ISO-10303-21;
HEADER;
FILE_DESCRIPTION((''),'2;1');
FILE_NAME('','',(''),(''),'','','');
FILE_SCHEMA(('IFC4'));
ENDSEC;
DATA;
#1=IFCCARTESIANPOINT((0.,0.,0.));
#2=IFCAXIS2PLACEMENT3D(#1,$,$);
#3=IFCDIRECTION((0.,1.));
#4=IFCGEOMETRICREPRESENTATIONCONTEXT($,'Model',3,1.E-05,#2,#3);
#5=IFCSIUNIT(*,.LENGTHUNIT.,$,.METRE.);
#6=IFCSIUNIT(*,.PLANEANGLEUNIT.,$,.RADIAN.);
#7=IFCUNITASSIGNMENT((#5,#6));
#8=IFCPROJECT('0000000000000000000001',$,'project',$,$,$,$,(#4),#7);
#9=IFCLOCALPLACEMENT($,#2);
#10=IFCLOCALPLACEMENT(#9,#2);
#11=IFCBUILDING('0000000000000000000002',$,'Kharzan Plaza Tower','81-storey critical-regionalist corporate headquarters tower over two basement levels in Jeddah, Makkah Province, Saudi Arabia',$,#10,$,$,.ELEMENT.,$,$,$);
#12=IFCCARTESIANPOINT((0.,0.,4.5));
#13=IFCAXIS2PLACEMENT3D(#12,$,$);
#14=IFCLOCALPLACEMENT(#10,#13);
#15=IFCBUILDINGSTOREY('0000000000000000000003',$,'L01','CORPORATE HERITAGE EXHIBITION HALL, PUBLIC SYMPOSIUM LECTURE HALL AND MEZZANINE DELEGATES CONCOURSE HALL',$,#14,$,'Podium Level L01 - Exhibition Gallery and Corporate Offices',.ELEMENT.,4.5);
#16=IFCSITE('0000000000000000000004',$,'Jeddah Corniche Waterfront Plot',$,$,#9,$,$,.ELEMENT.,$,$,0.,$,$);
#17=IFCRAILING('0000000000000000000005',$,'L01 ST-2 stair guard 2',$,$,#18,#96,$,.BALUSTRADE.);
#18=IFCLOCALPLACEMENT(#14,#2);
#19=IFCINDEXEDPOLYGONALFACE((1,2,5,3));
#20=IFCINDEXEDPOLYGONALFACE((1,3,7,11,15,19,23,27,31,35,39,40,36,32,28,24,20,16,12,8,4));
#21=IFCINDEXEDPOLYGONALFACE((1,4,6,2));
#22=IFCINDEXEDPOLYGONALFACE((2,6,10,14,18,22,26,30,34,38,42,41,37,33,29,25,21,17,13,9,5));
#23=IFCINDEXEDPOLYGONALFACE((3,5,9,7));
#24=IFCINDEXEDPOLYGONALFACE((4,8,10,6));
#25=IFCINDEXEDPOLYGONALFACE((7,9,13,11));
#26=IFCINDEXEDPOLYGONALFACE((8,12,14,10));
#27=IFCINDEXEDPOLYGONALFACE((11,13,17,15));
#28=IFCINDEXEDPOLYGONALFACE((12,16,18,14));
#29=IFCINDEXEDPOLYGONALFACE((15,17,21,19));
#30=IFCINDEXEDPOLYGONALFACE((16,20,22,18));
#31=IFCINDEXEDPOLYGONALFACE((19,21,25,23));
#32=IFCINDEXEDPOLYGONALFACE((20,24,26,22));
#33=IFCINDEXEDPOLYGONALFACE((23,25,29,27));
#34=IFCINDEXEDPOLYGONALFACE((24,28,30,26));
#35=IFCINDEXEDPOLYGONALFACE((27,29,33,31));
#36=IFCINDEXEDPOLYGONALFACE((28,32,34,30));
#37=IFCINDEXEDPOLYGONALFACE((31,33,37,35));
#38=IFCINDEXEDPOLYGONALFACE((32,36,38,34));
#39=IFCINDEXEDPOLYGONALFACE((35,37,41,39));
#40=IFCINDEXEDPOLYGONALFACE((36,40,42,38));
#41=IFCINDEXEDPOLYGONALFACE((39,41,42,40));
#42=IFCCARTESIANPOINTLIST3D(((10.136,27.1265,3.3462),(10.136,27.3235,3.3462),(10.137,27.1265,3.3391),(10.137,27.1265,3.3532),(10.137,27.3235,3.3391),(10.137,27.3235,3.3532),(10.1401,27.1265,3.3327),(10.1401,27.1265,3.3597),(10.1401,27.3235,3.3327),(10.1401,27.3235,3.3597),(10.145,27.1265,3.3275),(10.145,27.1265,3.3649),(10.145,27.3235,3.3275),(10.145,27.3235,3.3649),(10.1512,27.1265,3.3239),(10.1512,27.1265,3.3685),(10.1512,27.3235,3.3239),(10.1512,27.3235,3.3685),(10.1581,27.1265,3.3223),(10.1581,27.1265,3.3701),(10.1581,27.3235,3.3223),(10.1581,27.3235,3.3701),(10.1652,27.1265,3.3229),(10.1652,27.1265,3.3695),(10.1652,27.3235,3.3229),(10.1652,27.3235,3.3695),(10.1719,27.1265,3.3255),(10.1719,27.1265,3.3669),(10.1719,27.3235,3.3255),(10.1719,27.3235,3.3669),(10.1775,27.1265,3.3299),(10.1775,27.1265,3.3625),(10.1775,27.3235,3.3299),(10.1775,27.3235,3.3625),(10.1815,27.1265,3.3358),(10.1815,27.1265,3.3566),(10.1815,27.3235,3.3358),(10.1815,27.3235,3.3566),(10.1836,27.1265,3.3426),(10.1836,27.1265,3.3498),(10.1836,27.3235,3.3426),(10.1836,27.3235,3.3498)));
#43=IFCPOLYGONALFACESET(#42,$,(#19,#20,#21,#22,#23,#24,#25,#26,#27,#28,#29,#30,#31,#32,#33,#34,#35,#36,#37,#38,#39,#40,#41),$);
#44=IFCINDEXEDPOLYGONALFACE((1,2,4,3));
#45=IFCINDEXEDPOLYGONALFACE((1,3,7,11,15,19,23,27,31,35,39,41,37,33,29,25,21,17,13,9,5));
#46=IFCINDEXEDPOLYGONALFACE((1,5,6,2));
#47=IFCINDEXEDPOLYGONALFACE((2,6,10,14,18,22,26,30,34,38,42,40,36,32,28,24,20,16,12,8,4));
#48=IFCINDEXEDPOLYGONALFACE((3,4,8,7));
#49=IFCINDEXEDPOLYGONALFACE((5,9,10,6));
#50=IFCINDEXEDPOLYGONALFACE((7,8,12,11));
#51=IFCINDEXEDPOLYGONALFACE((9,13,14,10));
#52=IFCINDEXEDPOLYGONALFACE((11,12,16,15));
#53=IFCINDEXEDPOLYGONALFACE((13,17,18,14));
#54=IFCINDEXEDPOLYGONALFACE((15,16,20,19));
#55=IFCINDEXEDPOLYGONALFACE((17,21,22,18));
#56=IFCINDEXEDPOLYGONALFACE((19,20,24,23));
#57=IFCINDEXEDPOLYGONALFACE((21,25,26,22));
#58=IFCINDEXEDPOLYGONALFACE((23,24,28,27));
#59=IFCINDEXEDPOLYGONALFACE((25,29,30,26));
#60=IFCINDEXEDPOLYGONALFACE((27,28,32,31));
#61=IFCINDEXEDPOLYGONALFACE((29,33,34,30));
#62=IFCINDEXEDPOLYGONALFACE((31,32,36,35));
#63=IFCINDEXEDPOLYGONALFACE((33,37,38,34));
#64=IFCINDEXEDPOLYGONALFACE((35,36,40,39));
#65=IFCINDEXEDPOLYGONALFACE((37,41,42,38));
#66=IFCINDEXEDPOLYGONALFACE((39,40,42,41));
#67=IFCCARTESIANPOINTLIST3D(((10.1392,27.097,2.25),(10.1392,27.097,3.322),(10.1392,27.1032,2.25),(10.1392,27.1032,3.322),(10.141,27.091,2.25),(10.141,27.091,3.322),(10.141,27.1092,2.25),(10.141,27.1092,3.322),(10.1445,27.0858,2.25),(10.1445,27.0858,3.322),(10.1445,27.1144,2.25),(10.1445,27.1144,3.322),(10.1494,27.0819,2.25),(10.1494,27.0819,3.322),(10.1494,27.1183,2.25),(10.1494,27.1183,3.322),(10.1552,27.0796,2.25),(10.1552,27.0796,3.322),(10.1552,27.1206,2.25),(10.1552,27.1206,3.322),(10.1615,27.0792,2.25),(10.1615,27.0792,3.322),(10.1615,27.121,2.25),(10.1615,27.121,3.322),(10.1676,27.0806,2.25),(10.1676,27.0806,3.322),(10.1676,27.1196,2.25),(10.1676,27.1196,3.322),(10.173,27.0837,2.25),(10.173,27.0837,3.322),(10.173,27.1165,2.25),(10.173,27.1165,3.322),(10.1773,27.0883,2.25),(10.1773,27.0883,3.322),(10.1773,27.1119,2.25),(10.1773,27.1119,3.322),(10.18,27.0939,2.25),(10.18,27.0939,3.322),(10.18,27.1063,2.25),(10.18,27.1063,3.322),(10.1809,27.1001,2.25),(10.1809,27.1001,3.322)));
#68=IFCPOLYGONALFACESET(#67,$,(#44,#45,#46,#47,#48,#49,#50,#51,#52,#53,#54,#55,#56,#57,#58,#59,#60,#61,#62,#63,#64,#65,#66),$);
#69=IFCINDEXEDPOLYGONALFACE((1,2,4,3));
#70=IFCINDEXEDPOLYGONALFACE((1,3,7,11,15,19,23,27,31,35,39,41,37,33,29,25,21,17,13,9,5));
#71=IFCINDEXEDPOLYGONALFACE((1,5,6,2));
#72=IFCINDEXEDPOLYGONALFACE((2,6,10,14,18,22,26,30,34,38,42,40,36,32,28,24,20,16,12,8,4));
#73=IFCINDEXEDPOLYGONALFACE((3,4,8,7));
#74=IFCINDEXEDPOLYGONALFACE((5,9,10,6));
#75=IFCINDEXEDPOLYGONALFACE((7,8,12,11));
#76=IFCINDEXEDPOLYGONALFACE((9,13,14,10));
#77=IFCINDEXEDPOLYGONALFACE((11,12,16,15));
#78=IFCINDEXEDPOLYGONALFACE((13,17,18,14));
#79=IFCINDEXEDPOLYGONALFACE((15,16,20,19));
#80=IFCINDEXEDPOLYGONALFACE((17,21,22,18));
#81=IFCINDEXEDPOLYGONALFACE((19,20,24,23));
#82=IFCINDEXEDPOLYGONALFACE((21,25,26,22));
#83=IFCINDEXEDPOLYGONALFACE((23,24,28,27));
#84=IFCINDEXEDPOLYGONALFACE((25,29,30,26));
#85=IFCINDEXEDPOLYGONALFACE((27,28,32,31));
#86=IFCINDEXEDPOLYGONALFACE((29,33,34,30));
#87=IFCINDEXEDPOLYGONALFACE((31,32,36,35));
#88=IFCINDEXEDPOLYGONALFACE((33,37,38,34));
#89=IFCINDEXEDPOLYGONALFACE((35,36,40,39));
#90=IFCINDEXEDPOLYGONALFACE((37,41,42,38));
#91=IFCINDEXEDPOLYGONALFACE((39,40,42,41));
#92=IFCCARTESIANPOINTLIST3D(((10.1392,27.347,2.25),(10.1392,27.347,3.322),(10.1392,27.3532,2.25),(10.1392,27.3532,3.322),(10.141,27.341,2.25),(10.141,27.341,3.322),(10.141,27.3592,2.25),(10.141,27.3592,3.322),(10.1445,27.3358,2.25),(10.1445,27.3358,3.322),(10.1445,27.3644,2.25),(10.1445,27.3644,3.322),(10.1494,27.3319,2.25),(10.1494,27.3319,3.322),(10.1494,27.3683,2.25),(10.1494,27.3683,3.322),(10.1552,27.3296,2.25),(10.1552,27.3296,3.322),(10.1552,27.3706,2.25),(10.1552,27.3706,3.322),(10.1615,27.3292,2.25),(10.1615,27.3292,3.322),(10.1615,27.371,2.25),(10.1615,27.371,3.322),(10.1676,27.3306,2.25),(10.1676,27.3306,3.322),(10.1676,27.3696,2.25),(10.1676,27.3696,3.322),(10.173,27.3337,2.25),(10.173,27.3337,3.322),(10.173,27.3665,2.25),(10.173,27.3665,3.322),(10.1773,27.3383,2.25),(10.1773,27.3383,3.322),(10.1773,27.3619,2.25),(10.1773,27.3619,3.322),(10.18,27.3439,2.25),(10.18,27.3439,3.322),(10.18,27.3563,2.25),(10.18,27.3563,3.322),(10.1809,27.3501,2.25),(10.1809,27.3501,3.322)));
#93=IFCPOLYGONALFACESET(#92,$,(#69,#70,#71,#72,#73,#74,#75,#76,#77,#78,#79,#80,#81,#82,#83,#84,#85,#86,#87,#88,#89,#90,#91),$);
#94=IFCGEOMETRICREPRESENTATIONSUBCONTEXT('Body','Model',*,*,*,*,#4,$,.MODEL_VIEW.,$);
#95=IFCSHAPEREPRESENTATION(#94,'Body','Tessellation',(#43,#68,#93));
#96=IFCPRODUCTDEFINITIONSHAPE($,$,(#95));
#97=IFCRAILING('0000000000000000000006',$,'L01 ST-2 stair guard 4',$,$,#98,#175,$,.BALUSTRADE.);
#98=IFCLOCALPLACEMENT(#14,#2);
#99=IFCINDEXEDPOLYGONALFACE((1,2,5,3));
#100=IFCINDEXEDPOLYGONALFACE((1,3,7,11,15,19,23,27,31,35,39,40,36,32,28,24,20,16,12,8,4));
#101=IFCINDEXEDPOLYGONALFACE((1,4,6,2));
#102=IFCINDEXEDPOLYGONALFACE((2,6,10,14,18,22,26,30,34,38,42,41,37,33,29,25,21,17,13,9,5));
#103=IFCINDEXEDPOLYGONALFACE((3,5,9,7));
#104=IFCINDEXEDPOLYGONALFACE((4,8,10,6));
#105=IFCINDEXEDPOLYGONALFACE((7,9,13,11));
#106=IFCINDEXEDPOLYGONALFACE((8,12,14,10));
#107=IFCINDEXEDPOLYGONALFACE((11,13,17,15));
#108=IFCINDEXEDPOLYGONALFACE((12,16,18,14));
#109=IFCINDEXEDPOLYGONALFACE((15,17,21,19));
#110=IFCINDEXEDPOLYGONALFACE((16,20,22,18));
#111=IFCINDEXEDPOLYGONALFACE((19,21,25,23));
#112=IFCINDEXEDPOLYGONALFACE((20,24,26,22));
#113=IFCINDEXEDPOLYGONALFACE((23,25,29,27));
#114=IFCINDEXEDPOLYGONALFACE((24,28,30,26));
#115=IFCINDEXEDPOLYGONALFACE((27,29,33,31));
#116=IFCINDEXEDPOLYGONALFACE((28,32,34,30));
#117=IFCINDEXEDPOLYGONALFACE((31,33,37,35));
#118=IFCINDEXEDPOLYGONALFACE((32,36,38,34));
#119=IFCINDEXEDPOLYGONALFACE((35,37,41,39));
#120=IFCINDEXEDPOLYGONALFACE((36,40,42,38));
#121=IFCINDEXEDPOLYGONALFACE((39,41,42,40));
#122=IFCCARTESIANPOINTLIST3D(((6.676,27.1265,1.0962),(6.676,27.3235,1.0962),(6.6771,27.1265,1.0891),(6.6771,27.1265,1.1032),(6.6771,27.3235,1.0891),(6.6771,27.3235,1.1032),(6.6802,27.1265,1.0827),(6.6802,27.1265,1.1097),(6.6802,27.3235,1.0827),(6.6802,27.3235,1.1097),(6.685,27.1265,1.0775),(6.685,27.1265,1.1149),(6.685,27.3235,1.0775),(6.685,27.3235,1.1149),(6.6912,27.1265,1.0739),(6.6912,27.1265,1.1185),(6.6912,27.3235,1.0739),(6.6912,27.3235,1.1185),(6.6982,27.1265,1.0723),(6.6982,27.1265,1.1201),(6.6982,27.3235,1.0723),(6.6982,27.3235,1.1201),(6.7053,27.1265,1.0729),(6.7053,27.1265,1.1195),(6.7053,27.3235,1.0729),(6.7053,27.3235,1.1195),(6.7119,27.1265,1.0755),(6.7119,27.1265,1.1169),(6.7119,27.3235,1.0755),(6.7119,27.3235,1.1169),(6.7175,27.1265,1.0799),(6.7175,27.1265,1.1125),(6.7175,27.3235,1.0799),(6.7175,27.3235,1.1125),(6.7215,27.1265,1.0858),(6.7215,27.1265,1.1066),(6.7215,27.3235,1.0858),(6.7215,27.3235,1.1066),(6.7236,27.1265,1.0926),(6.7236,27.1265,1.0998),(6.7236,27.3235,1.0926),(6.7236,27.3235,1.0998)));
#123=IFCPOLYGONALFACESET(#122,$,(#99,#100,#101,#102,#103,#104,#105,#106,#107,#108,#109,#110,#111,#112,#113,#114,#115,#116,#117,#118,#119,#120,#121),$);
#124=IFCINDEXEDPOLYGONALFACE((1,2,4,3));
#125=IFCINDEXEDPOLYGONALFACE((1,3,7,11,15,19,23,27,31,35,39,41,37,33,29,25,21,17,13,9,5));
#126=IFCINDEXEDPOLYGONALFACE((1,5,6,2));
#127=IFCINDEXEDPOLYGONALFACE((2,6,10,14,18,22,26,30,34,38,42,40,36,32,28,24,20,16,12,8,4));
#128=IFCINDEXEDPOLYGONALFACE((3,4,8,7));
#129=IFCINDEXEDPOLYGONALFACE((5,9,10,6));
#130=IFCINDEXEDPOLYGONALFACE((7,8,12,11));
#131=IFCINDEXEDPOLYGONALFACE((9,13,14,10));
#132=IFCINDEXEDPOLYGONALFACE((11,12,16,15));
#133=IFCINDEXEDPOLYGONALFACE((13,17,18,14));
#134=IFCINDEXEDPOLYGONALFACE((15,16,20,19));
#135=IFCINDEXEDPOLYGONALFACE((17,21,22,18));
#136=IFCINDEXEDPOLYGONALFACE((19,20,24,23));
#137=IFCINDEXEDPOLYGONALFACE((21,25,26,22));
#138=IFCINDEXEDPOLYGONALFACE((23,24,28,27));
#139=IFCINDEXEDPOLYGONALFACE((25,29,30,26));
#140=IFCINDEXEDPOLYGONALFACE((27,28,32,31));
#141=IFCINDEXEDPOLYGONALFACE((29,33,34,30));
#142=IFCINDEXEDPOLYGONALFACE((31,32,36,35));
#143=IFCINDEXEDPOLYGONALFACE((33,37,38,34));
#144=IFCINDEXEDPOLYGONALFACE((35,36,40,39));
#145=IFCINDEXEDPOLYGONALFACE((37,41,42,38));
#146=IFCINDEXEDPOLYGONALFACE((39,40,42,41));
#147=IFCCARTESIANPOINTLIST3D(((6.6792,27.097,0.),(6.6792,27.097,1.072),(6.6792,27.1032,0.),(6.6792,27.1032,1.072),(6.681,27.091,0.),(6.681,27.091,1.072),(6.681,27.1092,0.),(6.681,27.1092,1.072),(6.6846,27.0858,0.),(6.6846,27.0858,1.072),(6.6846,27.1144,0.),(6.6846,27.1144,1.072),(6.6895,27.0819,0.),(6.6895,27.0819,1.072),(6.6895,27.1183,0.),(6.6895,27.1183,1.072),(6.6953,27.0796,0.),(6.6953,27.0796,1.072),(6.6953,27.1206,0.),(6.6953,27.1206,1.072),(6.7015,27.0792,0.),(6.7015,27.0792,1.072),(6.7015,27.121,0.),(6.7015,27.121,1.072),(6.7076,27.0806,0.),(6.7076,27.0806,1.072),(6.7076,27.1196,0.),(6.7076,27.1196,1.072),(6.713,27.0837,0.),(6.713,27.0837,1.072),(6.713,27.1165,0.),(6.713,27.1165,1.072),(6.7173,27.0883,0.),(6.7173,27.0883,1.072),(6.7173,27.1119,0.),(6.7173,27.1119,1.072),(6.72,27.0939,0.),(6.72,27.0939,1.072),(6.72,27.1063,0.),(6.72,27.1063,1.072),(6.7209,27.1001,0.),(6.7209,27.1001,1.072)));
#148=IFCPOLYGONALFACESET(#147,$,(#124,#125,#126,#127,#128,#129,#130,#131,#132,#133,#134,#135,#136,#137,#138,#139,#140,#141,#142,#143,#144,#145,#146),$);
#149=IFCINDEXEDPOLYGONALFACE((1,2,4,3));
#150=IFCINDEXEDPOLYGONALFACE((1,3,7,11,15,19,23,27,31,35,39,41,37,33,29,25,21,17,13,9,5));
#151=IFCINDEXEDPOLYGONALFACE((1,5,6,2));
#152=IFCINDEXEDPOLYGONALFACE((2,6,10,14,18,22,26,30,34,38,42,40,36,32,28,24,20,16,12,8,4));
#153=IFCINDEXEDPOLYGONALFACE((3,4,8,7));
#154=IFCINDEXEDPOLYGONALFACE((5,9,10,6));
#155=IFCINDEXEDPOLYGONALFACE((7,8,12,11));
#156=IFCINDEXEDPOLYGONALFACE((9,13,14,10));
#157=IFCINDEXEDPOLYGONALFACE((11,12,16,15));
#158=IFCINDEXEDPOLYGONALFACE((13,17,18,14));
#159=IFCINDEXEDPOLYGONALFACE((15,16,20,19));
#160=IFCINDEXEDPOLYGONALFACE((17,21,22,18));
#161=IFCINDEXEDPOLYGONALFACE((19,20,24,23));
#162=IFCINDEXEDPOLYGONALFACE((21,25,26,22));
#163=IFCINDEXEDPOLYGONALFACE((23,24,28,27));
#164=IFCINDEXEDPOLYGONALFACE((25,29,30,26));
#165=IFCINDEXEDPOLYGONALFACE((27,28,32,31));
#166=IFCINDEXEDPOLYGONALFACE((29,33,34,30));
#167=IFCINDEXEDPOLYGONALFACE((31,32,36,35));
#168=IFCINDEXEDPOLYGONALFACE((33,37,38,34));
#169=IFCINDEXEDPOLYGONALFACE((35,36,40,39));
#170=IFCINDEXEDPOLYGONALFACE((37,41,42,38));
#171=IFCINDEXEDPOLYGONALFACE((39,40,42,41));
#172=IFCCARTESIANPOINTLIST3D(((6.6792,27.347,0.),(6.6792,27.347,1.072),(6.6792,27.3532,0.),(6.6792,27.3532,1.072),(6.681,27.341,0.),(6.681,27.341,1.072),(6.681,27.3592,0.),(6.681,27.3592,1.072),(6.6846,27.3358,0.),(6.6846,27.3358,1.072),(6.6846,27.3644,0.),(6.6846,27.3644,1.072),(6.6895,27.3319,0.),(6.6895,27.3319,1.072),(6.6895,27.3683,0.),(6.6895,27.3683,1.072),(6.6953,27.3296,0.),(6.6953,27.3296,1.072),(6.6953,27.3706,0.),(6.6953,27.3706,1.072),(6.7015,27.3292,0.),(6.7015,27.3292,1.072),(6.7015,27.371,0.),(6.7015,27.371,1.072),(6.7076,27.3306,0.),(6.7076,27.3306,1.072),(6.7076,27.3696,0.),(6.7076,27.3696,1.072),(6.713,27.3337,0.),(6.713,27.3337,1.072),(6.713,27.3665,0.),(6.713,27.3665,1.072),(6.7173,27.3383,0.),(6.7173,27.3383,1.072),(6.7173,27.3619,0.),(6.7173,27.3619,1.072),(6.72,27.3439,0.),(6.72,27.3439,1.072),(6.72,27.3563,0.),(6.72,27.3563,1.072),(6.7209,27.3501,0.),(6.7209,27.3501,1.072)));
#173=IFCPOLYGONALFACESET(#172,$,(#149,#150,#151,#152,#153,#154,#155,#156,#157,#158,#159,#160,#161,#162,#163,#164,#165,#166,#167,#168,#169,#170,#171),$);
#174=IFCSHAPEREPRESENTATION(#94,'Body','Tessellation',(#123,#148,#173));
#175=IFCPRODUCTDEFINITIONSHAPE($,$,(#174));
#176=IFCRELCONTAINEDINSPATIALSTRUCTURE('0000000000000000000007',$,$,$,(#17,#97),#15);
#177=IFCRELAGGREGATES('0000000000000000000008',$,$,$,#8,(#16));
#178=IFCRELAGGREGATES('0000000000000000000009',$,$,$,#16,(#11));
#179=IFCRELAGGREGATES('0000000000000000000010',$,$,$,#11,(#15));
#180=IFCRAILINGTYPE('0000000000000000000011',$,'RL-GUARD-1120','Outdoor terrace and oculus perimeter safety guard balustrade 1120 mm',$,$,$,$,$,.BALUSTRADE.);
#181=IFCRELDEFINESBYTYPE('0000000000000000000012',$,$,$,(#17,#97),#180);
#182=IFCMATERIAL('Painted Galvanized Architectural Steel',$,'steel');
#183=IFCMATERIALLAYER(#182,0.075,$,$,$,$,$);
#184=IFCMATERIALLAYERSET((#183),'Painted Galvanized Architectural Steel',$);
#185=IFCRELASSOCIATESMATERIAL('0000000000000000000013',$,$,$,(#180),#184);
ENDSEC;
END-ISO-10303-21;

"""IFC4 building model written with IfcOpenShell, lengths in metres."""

from ifc_helpers import new_model, si_unit, direction, frame, origin, origin_2d, place, context, subcontext, project, spatial, circle, extrude, source, transform, mapped, material, layer, layer_set, type_object, element, save


model = new_model("IFC4")

# Units and contexts
model_context = context("Model", 3, precision=1e-05, world=origin(), true_north=direction((0.0, 1.0)))
body_context = subcontext(model_context, "Body", "Model", "MODEL_VIEW")
ifc_project = project(units=[si_unit("LENGTHUNIT", "METRE"), si_unit("PLANEANGLEUNIT", "RADIAN")], contexts=[model_context])

# Site, building, storey
site_placement = place(None, origin())
site = spatial("IfcSite", under=ifc_project, at=site_placement, Name="Jeddah Corniche Waterfront Plot", CompositionType="ELEMENT", RefElevation=0.0)
building_placement = place(site_placement, origin())
building = spatial("IfcBuilding", under=site, at=building_placement, Name="Kharzan Plaza Tower", Description="81-storey critical-regionalist corporate headquarters tower over two basement levels in Jeddah, Makkah Province, Saudi Arabia", CompositionType="ELEMENT")
storey_placement = place(building_placement, frame((0.0, 0.0, 4.5)))
storey = spatial("IfcBuildingStorey", under=building, at=storey_placement, Name="L01", Description="CORPORATE HERITAGE EXHIBITION HALL, PUBLIC SYMPOSIUM LECTURE HALL AND MEZZANINE DELEGATES CONCOURSE HALL", LongName="Podium Level L01 - Exhibition Gallery and Corporate Offices", CompositionType="ELEMENT", Elevation=4.5)

# Railings
ifc_material_1 = material(Name="Painted Galvanized Architectural Steel", Category="steel")
ifc_layer_1 = layer(ifc_material_1, 0.075)
ifc_layer_set_1 = layer_set([ifc_layer_1], Name="Painted Galvanized Architectural Steel")
railing_type_1 = type_object("IfcRailingType", Name="RL-GUARD-1120", Description="Outdoor terrace and oculus perimeter safety guard balustrade 1120 mm", PredefinedType="BALUSTRADE", material=ifc_layer_set_1)
shared_shape_1 = source(origin(), body_context, "Body", "SweptSolid", [
    extrude(circle(Radius=0.0239, at=origin_2d()), frame((0.0, 0.0264, 1.0962), z_axis=(0.0, 1.0, 0.0), x_axis=(-1.0, 0.0, 0.0)), (0.0, 0.0, 1.0), 0.197),
    extrude(circle(Radius=0.021, at=origin_2d()), origin(), (0.0, 0.0, 1.0), 1.072),
    extrude(circle(Radius=0.021, at=origin_2d()), frame((0.0, 0.25, 0.0)), (0.0, 0.0, 1.0), 1.072),
])
for number, where, name in (
    (1, (10.1599, 27.1001, 2.25), "L01 ST-2 stair guard 2"),
    (2, (6.7, 27.1001, 0.0), "L01 ST-2 stair guard 4"),
):
    element("IfcRailing", number, at=place(storey_placement, frame(where)), inside=storey, type_object=railing_type_1, Name=name, PredefinedType="BALUSTRADE", context=body_context, shape_type="MappedRepresentation", body=[
        mapped(shared_shape_1, transform((0.0, 0.0, 0.0), x_axis=(1.0, 0.0, 0.0), y_axis=(0.0, 1.0, 0.0), z_axis=(0.0, 0.0, 1.0))),
    ])

save(model, "model.ifc")
